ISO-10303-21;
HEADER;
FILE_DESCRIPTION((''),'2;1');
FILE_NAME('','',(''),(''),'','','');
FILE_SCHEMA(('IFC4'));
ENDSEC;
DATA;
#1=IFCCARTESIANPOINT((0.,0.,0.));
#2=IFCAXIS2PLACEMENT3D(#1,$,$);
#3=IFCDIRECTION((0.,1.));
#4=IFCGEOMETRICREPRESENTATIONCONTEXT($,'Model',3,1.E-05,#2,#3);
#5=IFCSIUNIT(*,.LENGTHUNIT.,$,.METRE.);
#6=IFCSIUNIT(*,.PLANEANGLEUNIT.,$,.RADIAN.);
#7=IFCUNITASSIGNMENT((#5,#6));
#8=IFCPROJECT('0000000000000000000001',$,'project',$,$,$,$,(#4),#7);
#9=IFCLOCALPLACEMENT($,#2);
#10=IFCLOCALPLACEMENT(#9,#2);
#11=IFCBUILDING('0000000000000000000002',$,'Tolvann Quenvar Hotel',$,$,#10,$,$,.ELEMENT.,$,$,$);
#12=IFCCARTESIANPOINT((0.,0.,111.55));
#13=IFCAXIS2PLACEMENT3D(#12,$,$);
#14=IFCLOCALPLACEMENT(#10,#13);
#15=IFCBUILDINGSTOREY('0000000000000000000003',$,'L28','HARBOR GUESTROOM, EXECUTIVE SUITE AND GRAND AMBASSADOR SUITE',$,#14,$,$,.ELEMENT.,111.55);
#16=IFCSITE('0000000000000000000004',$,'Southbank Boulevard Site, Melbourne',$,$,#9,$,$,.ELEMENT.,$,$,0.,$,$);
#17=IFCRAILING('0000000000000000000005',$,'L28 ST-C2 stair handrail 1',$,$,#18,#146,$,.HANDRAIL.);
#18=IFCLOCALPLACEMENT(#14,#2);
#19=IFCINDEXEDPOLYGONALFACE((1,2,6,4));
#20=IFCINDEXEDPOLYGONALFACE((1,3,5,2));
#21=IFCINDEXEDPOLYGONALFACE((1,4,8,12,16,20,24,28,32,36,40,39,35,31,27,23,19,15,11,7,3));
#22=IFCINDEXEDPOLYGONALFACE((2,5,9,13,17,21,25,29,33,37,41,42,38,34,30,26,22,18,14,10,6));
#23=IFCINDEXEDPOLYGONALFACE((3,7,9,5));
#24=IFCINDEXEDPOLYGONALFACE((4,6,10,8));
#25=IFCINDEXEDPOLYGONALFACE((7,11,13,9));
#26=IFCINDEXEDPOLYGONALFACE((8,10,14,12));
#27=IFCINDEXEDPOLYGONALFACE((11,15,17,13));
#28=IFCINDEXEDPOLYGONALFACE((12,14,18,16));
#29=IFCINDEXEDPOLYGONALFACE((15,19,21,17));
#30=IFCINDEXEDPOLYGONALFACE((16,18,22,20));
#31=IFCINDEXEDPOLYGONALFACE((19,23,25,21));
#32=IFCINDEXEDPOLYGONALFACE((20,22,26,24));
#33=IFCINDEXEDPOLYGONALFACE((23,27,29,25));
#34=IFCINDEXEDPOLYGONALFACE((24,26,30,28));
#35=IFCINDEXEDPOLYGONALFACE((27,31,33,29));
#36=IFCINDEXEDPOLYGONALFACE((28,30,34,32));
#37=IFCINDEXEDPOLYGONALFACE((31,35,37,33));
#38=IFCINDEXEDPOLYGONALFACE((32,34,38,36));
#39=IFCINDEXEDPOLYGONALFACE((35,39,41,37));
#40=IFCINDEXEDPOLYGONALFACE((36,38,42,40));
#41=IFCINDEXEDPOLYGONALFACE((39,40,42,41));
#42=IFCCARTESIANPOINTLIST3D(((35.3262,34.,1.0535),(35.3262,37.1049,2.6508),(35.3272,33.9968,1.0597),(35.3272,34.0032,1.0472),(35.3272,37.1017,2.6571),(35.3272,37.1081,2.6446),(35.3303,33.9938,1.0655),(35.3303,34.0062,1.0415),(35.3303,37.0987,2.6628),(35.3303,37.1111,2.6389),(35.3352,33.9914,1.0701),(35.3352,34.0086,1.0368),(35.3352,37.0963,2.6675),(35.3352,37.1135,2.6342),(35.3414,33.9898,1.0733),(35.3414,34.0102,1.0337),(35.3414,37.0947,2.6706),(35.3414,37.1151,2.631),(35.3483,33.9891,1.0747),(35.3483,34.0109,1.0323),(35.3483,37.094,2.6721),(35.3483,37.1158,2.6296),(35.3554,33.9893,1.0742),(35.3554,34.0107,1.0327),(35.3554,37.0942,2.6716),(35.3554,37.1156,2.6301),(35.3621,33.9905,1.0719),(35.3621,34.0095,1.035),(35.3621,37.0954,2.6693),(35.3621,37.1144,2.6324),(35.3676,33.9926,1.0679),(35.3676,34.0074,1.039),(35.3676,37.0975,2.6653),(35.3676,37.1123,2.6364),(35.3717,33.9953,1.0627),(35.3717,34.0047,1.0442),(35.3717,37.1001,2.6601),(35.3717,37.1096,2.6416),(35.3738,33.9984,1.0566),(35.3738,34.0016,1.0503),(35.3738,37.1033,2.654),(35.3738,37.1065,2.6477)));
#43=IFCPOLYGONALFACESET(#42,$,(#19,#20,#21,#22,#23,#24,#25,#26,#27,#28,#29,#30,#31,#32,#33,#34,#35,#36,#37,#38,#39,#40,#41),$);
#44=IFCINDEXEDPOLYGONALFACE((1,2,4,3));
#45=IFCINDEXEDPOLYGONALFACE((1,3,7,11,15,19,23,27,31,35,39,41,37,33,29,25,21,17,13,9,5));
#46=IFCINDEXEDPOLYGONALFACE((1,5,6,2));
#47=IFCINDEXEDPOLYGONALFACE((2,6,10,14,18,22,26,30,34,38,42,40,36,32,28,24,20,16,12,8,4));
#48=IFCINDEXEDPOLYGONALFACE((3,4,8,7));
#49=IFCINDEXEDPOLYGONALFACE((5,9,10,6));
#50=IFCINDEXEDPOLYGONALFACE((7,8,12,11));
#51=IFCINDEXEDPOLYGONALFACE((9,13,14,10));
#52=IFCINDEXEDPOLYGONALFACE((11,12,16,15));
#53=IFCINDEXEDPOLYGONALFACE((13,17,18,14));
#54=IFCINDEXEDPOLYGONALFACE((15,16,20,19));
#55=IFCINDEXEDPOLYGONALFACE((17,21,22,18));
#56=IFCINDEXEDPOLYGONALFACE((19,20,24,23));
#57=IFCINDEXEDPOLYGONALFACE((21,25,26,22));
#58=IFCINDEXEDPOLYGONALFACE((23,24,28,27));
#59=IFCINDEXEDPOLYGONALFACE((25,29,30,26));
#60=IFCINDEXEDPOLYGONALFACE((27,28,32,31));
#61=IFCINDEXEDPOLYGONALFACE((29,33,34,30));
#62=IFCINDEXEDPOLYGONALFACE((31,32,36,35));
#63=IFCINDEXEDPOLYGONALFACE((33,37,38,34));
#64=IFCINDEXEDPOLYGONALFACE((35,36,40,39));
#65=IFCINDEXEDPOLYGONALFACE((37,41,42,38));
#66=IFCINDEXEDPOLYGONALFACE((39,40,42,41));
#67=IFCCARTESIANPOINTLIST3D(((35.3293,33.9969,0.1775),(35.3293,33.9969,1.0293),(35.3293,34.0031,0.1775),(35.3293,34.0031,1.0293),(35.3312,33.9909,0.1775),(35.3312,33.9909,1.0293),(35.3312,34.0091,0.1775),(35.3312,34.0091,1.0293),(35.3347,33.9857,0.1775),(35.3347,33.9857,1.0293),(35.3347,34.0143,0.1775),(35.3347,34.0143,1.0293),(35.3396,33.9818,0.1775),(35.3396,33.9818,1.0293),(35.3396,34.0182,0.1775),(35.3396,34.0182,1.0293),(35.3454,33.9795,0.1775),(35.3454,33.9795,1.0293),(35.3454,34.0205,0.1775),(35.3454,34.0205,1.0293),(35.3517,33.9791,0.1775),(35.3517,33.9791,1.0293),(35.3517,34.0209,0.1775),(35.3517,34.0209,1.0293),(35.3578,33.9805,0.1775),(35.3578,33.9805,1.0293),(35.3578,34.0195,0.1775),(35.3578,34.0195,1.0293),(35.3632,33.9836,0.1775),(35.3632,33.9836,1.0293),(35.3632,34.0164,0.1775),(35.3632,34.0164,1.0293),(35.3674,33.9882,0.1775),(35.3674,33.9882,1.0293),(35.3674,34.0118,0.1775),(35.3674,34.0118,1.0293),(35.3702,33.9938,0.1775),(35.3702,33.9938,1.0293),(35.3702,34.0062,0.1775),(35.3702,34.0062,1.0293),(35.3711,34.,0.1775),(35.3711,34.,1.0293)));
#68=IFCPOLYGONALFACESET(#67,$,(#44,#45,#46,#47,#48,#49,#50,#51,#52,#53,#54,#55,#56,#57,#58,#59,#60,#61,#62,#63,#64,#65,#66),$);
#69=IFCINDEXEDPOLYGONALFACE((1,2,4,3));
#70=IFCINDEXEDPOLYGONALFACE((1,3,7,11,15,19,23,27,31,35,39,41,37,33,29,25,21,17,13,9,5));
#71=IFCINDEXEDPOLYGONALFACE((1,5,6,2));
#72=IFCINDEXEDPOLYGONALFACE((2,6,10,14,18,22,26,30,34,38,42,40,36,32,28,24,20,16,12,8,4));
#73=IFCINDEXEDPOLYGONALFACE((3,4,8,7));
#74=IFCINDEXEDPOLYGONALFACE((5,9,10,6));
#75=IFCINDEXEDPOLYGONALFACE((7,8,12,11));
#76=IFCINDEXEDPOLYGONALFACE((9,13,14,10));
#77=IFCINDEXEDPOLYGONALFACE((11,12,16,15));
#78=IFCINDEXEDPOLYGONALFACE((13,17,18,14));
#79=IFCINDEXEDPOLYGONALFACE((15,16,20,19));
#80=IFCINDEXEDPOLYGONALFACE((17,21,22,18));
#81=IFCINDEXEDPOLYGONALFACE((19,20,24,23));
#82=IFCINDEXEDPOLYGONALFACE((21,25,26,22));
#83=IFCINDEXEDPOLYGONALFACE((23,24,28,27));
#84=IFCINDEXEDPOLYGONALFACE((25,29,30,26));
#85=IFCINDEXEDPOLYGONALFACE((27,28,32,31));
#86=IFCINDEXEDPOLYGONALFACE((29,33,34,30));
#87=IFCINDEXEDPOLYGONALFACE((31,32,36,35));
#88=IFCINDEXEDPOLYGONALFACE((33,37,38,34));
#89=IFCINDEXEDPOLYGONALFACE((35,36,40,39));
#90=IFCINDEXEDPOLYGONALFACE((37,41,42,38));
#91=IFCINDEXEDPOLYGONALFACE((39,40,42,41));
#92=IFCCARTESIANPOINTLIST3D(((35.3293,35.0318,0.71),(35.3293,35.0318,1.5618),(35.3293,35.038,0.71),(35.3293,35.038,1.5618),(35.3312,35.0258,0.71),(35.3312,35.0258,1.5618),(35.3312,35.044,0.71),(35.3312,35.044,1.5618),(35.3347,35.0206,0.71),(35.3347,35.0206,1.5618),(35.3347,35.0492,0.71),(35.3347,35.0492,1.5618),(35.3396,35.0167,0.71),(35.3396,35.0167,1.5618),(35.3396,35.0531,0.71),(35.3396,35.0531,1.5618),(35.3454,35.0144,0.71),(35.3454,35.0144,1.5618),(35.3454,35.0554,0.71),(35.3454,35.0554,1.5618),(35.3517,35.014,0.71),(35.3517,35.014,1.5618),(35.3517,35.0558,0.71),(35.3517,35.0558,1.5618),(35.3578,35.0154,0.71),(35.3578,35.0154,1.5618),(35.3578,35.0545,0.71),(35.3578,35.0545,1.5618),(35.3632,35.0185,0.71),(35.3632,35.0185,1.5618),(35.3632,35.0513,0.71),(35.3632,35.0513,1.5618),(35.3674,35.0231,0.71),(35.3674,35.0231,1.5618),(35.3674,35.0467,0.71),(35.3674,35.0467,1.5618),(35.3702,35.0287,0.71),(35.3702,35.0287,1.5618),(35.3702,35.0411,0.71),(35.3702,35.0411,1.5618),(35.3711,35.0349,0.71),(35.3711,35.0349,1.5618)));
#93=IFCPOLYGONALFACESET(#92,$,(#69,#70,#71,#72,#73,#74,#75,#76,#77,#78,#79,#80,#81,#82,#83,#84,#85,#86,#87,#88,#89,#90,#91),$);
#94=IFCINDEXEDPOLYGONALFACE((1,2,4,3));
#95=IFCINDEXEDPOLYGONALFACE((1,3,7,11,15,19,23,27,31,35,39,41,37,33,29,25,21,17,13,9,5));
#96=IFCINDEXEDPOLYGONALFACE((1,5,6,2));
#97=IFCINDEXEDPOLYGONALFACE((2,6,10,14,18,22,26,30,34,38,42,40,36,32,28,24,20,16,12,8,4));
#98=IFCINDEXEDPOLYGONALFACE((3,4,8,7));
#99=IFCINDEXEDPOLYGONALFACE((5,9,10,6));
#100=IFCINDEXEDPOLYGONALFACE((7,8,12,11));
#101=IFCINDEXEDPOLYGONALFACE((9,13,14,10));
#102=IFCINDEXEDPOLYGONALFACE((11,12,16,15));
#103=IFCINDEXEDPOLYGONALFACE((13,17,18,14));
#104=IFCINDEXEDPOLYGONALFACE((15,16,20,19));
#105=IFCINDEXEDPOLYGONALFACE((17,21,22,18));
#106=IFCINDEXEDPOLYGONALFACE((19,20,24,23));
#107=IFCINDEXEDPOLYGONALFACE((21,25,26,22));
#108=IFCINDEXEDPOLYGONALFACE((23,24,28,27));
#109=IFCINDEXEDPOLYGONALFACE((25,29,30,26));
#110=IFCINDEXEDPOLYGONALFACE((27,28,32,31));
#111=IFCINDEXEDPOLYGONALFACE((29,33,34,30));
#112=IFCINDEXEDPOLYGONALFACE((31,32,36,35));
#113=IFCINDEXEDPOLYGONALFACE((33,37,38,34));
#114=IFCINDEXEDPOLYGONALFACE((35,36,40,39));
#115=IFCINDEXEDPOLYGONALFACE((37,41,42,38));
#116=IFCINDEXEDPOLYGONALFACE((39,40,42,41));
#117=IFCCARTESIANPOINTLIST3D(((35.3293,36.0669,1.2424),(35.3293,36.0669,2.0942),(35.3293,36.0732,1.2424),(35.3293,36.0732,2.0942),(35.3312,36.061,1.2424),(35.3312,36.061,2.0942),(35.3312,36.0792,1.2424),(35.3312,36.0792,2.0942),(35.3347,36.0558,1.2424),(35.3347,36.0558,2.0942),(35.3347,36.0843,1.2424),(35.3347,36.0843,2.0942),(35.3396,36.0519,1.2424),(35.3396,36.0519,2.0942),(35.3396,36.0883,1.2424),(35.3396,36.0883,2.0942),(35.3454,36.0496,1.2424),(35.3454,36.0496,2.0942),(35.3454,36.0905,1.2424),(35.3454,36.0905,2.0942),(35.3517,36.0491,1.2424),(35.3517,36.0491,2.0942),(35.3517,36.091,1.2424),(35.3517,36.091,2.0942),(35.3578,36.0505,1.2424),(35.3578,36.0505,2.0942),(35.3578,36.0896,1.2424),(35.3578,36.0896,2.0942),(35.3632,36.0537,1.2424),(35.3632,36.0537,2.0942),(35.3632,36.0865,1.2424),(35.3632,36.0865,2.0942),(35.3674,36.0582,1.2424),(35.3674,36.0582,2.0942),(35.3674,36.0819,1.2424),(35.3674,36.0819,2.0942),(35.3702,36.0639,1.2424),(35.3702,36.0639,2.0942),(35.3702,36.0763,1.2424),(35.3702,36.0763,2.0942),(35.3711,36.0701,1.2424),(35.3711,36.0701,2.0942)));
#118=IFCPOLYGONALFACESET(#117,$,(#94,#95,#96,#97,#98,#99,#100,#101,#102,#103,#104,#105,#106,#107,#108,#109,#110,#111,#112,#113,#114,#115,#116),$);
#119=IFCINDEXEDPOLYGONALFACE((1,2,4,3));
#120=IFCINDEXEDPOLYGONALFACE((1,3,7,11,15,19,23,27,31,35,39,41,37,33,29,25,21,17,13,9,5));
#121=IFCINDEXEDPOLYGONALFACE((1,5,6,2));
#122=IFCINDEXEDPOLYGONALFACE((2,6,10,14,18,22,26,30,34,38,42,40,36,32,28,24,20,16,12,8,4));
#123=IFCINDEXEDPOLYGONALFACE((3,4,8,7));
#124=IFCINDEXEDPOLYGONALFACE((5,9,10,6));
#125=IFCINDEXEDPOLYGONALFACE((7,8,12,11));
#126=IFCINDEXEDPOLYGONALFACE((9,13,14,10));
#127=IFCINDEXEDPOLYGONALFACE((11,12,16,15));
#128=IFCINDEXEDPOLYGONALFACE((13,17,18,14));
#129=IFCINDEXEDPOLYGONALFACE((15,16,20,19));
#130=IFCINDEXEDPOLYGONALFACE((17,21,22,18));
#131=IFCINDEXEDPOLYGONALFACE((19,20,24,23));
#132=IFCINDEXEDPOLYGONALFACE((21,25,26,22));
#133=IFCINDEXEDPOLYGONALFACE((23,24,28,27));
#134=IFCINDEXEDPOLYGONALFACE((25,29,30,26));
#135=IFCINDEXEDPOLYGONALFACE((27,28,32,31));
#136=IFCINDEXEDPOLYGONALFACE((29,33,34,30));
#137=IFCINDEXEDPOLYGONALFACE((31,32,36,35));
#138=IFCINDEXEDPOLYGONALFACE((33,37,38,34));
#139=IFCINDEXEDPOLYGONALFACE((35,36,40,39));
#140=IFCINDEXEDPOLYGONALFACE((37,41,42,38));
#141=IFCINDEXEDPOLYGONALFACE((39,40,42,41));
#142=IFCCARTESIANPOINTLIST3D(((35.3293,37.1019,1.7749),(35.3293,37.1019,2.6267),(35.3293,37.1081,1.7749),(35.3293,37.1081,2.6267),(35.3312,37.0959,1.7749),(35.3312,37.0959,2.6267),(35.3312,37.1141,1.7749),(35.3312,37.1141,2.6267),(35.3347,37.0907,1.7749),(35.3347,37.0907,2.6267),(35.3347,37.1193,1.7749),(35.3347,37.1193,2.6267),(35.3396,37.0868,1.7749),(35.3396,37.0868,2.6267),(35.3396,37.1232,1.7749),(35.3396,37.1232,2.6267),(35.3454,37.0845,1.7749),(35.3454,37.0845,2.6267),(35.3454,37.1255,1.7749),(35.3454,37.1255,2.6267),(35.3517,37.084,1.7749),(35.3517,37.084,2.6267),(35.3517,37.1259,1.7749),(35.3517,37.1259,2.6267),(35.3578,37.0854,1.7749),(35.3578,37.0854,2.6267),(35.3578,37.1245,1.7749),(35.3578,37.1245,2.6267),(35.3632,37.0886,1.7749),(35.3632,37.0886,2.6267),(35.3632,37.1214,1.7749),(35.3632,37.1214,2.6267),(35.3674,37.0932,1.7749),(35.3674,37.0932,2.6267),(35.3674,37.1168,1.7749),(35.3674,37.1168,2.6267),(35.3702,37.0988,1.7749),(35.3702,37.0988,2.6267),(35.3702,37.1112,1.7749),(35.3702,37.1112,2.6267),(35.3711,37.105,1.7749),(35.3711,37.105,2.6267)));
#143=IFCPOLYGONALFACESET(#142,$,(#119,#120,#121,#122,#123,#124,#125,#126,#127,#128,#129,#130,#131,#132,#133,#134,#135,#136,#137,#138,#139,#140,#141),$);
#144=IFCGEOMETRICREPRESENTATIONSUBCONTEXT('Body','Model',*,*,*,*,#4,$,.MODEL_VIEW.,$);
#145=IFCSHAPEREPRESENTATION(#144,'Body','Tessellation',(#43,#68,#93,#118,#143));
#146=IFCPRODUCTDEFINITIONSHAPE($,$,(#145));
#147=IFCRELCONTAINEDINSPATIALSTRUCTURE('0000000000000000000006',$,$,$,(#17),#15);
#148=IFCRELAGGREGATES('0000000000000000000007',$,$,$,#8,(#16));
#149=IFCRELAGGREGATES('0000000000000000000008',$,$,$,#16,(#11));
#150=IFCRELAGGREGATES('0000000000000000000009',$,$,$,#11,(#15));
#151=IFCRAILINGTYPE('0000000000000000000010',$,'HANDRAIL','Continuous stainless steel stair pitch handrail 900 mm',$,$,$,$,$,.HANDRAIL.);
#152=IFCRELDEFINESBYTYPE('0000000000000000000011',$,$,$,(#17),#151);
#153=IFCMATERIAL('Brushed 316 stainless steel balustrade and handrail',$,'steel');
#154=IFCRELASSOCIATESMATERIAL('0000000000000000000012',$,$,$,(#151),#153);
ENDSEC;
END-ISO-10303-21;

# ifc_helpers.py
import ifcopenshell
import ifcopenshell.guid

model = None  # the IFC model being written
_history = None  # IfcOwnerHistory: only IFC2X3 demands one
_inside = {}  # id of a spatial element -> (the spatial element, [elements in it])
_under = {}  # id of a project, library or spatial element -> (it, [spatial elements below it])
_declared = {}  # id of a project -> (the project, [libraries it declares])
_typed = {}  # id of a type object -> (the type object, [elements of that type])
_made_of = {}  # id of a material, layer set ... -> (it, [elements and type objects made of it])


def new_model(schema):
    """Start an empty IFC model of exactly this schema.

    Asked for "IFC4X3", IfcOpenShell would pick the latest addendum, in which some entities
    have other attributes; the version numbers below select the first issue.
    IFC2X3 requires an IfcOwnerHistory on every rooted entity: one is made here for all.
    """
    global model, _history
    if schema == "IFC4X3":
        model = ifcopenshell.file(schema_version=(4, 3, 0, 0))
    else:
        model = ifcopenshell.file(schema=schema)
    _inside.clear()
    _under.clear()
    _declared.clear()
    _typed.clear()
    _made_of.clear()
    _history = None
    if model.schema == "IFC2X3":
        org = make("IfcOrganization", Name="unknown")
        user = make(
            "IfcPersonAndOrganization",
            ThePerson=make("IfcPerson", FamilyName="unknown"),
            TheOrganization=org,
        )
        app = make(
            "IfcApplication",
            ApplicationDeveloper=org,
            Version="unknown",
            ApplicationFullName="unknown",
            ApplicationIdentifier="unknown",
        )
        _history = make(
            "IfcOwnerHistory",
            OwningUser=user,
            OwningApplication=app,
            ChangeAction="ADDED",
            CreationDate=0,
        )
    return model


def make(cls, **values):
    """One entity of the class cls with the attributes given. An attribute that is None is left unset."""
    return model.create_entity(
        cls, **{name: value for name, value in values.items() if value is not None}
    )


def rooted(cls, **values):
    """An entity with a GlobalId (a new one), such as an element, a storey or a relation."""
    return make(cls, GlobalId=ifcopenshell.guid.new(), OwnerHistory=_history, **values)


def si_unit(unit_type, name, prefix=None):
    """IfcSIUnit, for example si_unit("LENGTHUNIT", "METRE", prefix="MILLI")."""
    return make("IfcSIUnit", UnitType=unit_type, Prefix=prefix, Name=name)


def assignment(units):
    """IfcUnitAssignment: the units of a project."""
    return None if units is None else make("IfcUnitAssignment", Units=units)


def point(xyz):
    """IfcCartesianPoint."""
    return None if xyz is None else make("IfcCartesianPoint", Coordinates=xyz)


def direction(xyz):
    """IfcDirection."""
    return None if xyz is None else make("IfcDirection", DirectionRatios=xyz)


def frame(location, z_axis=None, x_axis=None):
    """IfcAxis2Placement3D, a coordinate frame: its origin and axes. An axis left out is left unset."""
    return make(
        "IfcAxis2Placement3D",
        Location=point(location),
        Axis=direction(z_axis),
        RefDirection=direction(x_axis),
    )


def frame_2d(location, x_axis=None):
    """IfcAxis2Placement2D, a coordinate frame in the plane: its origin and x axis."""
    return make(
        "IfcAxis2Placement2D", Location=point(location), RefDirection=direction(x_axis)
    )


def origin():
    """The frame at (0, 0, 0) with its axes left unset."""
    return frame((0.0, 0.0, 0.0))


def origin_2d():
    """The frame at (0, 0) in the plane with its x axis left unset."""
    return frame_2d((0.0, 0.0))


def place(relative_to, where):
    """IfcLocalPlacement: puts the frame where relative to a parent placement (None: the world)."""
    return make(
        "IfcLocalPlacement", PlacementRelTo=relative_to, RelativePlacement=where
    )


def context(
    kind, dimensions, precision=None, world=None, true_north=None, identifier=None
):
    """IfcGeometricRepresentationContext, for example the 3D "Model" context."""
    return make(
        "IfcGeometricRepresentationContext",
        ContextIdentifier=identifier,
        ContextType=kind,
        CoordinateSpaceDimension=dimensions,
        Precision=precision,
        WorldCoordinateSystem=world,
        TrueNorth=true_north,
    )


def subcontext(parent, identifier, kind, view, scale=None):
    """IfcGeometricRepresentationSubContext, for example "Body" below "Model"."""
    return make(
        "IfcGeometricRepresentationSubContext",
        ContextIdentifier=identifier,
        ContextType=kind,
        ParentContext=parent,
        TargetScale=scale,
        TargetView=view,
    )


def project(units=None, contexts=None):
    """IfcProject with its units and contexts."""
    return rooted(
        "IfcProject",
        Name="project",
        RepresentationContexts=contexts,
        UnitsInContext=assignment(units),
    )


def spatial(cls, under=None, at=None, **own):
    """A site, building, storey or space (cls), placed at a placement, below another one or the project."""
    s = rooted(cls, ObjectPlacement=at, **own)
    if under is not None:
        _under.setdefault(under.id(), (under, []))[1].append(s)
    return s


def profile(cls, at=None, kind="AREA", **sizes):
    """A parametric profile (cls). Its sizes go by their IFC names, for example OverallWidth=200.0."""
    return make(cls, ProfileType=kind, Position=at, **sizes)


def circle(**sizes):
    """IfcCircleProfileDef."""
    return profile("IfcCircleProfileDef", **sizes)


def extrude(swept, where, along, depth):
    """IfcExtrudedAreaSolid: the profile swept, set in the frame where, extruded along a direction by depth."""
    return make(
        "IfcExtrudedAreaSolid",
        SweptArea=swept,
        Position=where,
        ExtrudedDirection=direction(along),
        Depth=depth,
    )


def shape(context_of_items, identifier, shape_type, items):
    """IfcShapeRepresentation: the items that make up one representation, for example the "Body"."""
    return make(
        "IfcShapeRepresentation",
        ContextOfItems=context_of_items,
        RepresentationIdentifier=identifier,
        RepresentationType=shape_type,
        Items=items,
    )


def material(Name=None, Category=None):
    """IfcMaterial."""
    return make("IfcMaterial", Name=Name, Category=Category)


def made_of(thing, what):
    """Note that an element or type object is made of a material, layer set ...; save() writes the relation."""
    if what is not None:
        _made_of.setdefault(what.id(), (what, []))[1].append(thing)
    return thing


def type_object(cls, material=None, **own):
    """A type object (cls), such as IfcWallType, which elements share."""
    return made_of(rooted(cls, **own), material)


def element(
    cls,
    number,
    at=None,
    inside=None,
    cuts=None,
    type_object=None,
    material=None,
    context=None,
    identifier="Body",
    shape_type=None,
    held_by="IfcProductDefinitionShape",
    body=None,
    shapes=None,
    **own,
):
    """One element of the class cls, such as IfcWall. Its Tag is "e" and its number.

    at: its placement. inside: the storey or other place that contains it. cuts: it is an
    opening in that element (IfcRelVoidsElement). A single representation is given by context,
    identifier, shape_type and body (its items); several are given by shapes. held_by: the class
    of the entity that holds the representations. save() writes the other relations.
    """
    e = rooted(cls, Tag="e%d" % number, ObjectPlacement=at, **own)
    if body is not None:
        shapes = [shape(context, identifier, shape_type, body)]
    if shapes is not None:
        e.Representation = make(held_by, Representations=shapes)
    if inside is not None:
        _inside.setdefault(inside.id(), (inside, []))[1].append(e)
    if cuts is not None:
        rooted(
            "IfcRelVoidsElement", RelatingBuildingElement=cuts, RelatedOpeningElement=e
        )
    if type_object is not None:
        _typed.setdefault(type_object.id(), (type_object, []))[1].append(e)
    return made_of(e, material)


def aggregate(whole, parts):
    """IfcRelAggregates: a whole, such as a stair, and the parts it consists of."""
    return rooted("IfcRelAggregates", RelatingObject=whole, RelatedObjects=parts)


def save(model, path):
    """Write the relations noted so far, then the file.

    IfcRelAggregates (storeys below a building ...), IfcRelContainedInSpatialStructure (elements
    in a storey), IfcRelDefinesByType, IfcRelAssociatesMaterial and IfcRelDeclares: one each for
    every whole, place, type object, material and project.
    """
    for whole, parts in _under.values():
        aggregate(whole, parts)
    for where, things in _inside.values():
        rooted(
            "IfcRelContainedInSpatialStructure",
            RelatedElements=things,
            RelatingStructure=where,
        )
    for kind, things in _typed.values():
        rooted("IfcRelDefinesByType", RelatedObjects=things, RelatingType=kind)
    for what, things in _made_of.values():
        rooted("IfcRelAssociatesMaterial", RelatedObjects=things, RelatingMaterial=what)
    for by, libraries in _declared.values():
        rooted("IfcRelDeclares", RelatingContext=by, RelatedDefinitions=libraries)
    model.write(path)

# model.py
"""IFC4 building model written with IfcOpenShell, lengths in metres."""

from ifc_helpers import new_model, si_unit, direction, frame, origin, origin_2d, place, context, subcontext, project, spatial, circle, extrude, material, type_object, element, save


model = new_model("IFC4")

# Units and contexts
model_context = context("Model", 3, precision=1e-05, world=origin(), true_north=direction((0.0, 1.0)))
body_context = subcontext(model_context, "Body", "Model", "MODEL_VIEW")
ifc_project = project(units=[si_unit("LENGTHUNIT", "METRE"), si_unit("PLANEANGLEUNIT", "RADIAN")], contexts=[model_context])

# Site, building, storey
site_placement = place(None, origin())
site = spatial("IfcSite", under=ifc_project, at=site_placement, Name="Southbank Boulevard Site, Melbourne", CompositionType="ELEMENT", RefElevation=0.0)
building_placement = place(site_placement, origin())
building = spatial("IfcBuilding", under=site, at=building_placement, Name="Tolvann Quenvar Hotel", CompositionType="ELEMENT")
storey_placement = place(building_placement, frame((0.0, 0.0, 111.55)))
storey = spatial("IfcBuildingStorey", under=building, at=storey_placement, Name="L28", Description="HARBOR GUESTROOM, EXECUTIVE SUITE AND GRAND AMBASSADOR SUITE", CompositionType="ELEMENT", Elevation=111.55)

# Railing
ifc_material_1 = material(Name="Brushed 316 stainless steel balustrade and handrail", Category="steel")
railing_type_1 = type_object("IfcRailingType", Name="HANDRAIL", Description="Continuous stainless steel stair pitch handrail 900 mm", PredefinedType="HANDRAIL", material=ifc_material_1)
railing_1_placement = place(storey_placement, frame((35.3501, 34.0, 0.1775)))
element("IfcRailing", 1, at=railing_1_placement, inside=storey, type_object=railing_type_1, Name="L28 ST-C2 stair handrail 1", PredefinedType="HANDRAIL", context=body_context, shape_type="SweptSolid", body=[
    extrude(circle(Radius=0.0239, at=origin_2d()), frame((0.0, 0.0, 0.876), z_axis=(0.0, 0.889222, 0.457476), x_axis=(-1.0, 0.0, 0.0)), (0.0, 0.0, 1.0), 3.4917),
    extrude(circle(Radius=0.021, at=origin_2d()), origin(), (0.0, 0.0, 1.0), 0.8518),
    extrude(circle(Radius=0.021, at=origin_2d()), frame((0.0, 1.0349, 0.5325)), (0.0, 0.0, 1.0), 0.8518),
    extrude(circle(Radius=0.021, at=origin_2d()), frame((0.0, 2.0701, 1.0649)), (0.0, 0.0, 1.0), 0.8518),
    extrude(circle(Radius=0.021, at=origin_2d()), frame((0.0, 3.105, 1.5974)), (0.0, 0.0, 1.0), 0.8518),
])

save(model, "model.ifc")
